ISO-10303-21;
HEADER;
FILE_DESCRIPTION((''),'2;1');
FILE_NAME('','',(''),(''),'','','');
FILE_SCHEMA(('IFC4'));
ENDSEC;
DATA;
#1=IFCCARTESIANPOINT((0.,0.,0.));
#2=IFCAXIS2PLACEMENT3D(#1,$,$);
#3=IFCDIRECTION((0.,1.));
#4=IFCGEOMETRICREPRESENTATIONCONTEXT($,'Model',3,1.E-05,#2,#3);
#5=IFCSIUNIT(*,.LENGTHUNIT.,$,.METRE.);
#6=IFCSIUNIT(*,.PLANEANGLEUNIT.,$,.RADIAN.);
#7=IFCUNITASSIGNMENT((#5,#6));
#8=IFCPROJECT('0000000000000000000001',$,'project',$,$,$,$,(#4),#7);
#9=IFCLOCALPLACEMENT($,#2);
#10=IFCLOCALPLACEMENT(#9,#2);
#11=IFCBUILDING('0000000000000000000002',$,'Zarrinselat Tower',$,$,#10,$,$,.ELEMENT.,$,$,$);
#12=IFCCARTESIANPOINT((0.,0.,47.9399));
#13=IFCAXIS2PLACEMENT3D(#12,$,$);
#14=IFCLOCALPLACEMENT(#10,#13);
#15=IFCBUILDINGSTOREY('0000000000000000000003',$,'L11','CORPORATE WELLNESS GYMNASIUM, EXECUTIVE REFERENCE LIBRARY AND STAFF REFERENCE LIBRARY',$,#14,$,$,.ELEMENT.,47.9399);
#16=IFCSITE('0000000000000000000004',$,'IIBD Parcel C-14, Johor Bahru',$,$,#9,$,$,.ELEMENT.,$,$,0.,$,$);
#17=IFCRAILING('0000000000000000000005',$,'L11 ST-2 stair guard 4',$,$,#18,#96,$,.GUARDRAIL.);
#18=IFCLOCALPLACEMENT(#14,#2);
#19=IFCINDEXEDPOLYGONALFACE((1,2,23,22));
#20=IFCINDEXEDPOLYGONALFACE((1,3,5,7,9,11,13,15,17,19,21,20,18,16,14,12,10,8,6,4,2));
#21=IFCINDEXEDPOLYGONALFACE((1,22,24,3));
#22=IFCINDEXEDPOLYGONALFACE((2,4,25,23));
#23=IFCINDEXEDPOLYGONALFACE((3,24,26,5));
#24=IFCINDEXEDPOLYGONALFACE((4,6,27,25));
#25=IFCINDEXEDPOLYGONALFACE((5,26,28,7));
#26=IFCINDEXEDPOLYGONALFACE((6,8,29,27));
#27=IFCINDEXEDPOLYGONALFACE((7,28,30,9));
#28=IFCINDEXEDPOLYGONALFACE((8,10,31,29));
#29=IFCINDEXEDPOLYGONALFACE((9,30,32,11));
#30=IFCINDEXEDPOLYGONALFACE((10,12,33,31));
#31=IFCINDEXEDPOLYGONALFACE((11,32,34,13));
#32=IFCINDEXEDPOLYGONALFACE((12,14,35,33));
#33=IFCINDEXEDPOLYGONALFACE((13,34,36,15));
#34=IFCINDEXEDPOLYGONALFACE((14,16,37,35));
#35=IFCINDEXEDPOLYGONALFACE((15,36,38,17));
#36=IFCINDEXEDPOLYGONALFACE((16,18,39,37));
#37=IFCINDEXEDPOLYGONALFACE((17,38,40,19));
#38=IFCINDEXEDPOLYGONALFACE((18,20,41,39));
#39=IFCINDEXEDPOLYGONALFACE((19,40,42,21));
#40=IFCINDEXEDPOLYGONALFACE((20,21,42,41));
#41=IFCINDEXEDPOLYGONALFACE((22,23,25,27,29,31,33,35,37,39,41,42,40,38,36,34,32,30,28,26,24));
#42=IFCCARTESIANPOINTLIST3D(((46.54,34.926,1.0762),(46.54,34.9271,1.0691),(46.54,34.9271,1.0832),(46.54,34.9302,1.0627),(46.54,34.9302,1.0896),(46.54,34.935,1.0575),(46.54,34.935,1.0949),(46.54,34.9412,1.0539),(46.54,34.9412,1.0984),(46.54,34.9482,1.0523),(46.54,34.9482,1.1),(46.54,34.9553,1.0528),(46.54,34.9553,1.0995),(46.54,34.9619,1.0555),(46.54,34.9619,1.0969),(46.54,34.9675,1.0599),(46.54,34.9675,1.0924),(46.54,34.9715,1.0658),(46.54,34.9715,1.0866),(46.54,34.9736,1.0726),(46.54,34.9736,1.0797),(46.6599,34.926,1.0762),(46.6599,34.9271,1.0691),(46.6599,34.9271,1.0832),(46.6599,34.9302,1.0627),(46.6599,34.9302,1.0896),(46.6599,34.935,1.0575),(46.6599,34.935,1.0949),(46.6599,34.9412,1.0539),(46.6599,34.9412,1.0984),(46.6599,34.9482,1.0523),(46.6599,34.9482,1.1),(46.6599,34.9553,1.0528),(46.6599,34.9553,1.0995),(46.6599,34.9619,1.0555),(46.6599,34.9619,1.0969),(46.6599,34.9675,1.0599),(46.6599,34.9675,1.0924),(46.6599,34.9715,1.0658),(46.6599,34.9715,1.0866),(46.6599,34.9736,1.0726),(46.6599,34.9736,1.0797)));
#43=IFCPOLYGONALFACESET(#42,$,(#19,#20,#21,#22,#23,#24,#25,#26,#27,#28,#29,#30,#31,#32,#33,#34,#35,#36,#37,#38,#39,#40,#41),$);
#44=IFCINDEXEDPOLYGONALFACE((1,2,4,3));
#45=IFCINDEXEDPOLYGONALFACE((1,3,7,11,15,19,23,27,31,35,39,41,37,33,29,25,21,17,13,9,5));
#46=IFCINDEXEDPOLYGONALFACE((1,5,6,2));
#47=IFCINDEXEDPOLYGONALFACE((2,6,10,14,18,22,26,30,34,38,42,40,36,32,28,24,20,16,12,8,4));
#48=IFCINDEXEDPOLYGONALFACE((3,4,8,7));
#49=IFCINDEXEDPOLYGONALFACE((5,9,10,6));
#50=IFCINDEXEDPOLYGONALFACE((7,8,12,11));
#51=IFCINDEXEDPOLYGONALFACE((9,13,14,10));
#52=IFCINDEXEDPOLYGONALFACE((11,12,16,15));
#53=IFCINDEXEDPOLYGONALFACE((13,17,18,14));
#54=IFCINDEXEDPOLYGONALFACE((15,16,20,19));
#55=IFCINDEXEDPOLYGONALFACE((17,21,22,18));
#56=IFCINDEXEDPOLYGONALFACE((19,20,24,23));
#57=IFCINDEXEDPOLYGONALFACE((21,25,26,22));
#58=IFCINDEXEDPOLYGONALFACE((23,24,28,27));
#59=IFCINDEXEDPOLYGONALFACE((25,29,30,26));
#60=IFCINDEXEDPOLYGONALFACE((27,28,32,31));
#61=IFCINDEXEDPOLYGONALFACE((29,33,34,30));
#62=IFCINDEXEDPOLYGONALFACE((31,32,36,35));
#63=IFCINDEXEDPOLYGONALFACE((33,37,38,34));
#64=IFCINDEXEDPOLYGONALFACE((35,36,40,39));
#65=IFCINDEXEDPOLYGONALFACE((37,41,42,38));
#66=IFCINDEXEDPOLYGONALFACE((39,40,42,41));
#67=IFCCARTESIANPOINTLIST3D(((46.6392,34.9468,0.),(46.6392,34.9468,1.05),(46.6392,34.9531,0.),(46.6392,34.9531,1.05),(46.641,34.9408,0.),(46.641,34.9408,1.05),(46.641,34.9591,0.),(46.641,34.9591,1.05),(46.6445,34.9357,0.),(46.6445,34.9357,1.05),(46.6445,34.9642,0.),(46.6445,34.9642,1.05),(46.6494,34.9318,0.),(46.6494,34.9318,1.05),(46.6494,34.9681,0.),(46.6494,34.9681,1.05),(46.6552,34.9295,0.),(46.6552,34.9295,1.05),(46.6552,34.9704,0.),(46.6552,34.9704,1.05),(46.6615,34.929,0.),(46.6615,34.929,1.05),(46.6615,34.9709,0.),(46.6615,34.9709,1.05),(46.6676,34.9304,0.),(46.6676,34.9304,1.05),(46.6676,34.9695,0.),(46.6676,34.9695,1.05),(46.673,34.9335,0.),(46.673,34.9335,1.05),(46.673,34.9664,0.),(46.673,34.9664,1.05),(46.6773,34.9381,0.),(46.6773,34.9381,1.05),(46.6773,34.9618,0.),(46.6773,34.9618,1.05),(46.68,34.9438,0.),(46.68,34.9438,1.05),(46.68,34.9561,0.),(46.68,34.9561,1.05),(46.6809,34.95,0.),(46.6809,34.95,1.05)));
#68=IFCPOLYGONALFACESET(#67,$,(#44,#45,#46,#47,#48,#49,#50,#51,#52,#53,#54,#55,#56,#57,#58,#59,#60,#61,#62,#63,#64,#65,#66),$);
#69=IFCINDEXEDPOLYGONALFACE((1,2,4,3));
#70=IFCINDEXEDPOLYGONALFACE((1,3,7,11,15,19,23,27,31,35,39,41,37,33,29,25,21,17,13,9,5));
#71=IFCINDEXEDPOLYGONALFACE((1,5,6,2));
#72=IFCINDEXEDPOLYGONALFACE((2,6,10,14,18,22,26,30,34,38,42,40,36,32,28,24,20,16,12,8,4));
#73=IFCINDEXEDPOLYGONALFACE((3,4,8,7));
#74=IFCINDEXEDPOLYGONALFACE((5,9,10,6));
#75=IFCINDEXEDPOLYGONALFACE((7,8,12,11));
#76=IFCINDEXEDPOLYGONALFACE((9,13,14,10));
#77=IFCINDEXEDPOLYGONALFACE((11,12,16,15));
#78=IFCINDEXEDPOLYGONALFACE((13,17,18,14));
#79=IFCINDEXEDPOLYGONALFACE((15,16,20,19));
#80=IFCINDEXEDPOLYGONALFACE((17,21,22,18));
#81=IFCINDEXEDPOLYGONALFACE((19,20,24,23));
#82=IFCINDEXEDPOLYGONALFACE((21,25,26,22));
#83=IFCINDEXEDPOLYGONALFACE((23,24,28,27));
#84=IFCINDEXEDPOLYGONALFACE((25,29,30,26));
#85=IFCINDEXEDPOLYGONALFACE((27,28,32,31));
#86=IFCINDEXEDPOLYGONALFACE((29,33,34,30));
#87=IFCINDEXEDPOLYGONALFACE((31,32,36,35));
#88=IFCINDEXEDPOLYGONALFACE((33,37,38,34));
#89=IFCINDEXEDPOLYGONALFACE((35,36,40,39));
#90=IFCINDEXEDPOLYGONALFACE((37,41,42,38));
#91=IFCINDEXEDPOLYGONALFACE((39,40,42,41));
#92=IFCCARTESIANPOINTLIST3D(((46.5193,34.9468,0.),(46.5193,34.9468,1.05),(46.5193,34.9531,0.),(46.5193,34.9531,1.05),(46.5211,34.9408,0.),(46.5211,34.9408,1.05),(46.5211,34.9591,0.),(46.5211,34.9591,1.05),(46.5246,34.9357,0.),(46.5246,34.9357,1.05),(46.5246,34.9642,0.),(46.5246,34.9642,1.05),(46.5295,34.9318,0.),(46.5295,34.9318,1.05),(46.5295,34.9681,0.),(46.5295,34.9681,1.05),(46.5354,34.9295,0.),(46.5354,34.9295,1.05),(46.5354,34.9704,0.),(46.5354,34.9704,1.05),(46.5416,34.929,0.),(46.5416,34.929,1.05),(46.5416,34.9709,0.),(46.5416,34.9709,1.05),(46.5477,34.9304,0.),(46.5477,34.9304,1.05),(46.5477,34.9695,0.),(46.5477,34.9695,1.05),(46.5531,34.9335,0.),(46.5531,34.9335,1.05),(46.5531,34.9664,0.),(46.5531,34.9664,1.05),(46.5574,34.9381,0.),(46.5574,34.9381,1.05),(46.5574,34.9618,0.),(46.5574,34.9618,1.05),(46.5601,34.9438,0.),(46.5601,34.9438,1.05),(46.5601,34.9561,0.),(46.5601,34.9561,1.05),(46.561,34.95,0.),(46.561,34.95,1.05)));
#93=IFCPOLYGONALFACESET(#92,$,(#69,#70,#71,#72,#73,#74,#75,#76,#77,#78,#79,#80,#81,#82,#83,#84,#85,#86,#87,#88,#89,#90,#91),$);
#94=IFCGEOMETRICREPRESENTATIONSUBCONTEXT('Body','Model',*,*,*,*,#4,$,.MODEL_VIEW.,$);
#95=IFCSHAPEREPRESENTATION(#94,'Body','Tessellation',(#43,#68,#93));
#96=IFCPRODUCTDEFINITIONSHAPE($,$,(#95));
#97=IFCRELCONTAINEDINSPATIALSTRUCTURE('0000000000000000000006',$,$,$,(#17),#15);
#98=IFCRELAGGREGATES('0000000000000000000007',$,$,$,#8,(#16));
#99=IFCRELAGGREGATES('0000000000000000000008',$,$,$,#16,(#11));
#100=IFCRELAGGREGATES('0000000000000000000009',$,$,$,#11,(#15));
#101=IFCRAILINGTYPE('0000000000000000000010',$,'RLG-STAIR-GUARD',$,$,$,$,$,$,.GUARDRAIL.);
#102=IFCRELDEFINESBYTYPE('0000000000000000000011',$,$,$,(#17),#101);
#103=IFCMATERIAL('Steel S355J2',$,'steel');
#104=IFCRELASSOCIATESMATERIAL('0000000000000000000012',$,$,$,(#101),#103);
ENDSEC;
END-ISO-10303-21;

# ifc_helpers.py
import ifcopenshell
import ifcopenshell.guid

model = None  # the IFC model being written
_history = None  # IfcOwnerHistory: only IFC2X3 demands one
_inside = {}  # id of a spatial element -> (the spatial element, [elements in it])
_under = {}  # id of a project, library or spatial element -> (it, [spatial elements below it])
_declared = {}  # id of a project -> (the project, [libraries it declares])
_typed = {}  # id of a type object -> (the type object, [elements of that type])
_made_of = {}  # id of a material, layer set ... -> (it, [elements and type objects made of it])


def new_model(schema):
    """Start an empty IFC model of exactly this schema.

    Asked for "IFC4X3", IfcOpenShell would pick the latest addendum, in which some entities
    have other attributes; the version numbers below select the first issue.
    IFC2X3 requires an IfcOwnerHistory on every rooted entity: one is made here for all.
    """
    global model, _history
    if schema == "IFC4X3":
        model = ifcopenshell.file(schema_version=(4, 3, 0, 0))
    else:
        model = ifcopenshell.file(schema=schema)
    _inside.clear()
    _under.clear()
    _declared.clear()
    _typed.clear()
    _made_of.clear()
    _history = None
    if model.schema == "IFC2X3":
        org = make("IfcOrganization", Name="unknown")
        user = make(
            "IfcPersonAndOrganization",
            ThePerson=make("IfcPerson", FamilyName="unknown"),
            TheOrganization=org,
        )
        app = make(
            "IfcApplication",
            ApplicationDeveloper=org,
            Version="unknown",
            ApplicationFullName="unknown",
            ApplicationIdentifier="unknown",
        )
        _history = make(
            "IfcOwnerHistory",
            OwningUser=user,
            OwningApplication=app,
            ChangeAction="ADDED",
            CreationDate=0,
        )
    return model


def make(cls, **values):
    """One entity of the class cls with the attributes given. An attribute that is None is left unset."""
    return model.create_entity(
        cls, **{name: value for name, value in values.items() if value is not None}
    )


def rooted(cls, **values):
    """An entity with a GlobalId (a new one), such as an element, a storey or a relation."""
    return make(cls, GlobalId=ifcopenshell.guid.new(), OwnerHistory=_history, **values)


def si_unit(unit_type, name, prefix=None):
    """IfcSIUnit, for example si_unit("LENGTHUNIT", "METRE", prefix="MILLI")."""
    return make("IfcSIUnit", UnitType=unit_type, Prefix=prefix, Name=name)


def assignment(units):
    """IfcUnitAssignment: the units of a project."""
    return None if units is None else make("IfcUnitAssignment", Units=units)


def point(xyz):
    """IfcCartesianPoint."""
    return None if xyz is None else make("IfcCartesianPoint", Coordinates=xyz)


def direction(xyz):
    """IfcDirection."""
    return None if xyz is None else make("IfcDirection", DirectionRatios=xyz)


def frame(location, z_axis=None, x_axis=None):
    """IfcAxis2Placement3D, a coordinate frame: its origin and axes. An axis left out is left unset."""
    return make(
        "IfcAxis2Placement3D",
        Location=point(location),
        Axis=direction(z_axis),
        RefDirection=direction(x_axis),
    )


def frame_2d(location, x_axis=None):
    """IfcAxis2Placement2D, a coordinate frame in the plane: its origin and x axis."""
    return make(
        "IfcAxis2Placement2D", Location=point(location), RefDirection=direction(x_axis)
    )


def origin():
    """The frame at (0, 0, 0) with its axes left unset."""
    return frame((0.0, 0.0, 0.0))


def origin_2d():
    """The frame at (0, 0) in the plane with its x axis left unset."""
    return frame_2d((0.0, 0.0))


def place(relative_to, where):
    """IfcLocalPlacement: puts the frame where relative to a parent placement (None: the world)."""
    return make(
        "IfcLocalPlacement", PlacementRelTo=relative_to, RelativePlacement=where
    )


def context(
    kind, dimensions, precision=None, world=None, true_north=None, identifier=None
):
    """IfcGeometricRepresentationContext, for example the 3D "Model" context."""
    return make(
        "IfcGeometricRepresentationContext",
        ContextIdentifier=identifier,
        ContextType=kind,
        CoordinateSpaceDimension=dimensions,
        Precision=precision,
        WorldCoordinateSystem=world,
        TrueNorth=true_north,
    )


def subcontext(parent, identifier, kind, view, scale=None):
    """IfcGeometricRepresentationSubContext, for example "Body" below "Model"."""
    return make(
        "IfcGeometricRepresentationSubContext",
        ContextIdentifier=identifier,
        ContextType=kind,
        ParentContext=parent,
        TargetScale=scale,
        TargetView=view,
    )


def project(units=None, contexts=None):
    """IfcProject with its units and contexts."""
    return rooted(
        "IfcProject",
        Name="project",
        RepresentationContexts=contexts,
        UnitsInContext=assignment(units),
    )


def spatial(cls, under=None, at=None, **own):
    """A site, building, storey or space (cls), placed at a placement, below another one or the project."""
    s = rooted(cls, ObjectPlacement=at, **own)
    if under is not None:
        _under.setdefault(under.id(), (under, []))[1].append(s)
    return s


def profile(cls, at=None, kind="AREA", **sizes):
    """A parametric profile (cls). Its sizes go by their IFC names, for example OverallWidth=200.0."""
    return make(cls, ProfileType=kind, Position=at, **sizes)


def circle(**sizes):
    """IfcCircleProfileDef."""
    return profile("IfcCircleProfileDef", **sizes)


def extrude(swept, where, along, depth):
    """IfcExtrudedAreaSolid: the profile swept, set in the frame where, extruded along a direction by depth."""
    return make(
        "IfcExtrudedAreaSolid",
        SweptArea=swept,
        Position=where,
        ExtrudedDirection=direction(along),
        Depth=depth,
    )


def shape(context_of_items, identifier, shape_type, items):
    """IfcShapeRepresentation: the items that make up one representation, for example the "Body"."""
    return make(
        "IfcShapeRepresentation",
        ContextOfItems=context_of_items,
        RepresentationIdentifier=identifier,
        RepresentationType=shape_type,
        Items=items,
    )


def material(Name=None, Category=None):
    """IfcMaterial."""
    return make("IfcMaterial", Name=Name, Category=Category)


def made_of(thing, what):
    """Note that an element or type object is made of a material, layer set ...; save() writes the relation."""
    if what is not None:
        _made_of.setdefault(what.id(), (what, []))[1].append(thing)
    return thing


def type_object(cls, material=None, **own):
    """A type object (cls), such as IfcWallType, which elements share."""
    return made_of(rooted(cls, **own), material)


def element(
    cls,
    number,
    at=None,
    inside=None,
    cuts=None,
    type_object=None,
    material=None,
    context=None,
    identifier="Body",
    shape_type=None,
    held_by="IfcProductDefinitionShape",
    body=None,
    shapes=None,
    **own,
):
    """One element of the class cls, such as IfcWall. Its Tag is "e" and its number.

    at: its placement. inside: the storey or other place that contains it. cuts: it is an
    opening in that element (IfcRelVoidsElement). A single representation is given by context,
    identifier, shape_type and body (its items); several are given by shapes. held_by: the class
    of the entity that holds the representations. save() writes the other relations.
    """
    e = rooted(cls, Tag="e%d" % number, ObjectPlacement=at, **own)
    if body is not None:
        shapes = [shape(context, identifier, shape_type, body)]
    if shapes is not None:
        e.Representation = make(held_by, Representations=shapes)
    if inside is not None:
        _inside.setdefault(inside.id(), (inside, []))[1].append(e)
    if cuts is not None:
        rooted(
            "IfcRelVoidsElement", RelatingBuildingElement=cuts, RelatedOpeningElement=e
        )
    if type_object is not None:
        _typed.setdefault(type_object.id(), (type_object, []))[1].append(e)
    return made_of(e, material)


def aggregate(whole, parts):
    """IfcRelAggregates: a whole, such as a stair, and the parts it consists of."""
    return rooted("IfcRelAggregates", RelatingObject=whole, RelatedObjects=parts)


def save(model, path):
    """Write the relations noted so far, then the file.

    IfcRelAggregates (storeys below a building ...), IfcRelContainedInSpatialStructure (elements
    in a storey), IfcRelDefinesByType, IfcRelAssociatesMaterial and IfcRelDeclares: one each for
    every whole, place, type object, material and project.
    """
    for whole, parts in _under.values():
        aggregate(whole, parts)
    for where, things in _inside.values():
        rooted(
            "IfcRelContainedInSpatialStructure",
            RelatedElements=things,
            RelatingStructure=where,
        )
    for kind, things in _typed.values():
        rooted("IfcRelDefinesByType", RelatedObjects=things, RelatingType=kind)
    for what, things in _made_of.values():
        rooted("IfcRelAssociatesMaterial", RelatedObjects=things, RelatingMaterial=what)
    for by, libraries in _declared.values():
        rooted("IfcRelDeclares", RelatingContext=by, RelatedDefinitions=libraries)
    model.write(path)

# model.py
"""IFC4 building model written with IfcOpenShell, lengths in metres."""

from ifc_helpers import new_model, si_unit, direction, frame, origin, origin_2d, place, context, subcontext, project, spatial, circle, extrude, material, type_object, element, save


model = new_model("IFC4")

# Units and contexts
model_context = context("Model", 3, precision=1e-05, world=origin(), true_north=direction((0.0, 1.0)))
body_context = subcontext(model_context, "Body", "Model", "MODEL_VIEW")
ifc_project = project(units=[si_unit("LENGTHUNIT", "METRE"), si_unit("PLANEANGLEUNIT", "RADIAN")], contexts=[model_context])

# Site, building, storey
site_placement = place(None, origin())
site = spatial("IfcSite", under=ifc_project, at=site_placement, Name="IIBD Parcel C-14, Johor Bahru", CompositionType="ELEMENT", RefElevation=0.0)
building_placement = place(site_placement, origin())
building = spatial("IfcBuilding", under=site, at=building_placement, Name="Zarrinselat Tower", CompositionType="ELEMENT")
storey_placement = place(building_placement, frame((0.0, 0.0, 47.9399)))
storey = spatial("IfcBuildingStorey", under=building, at=storey_placement, Name="L11", Description="CORPORATE WELLNESS GYMNASIUM, EXECUTIVE REFERENCE LIBRARY AND STAFF REFERENCE LIBRARY", CompositionType="ELEMENT", Elevation=47.9399)

# Railing
ifc_material_1 = material(Name="Steel S355J2", Category="steel")
railing_type_1 = type_object("IfcRailingType", Name="RLG-STAIR-GUARD", PredefinedType="GUARDRAIL", material=ifc_material_1)
railing_1_placement = place(storey_placement, frame((46.6599, 34.95, 0.0)))
element("IfcRailing", 1, at=railing_1_placement, inside=storey, type_object=railing_type_1, Name="L11 ST-2 stair guard 4", PredefinedType="GUARDRAIL", context=body_context, shape_type="SweptSolid", body=[
    extrude(circle(Radius=0.0239, at=origin_2d()), frame((0.0, 0.0, 1.0762), z_axis=(-1.0, 0.0, 0.0), x_axis=(0.0, -1.0, 0.0)), (0.0, 0.0, 1.0), 0.1199),
    extrude(circle(Radius=0.021, at=origin_2d()), origin(), (0.0, 0.0, 1.0), 1.05),
    extrude(circle(Radius=0.021, at=origin_2d()), frame((-0.1199, 0.0, 0.0)), (0.0, 0.0, 1.0), 1.05),
])

save(model, "model.ifc")
